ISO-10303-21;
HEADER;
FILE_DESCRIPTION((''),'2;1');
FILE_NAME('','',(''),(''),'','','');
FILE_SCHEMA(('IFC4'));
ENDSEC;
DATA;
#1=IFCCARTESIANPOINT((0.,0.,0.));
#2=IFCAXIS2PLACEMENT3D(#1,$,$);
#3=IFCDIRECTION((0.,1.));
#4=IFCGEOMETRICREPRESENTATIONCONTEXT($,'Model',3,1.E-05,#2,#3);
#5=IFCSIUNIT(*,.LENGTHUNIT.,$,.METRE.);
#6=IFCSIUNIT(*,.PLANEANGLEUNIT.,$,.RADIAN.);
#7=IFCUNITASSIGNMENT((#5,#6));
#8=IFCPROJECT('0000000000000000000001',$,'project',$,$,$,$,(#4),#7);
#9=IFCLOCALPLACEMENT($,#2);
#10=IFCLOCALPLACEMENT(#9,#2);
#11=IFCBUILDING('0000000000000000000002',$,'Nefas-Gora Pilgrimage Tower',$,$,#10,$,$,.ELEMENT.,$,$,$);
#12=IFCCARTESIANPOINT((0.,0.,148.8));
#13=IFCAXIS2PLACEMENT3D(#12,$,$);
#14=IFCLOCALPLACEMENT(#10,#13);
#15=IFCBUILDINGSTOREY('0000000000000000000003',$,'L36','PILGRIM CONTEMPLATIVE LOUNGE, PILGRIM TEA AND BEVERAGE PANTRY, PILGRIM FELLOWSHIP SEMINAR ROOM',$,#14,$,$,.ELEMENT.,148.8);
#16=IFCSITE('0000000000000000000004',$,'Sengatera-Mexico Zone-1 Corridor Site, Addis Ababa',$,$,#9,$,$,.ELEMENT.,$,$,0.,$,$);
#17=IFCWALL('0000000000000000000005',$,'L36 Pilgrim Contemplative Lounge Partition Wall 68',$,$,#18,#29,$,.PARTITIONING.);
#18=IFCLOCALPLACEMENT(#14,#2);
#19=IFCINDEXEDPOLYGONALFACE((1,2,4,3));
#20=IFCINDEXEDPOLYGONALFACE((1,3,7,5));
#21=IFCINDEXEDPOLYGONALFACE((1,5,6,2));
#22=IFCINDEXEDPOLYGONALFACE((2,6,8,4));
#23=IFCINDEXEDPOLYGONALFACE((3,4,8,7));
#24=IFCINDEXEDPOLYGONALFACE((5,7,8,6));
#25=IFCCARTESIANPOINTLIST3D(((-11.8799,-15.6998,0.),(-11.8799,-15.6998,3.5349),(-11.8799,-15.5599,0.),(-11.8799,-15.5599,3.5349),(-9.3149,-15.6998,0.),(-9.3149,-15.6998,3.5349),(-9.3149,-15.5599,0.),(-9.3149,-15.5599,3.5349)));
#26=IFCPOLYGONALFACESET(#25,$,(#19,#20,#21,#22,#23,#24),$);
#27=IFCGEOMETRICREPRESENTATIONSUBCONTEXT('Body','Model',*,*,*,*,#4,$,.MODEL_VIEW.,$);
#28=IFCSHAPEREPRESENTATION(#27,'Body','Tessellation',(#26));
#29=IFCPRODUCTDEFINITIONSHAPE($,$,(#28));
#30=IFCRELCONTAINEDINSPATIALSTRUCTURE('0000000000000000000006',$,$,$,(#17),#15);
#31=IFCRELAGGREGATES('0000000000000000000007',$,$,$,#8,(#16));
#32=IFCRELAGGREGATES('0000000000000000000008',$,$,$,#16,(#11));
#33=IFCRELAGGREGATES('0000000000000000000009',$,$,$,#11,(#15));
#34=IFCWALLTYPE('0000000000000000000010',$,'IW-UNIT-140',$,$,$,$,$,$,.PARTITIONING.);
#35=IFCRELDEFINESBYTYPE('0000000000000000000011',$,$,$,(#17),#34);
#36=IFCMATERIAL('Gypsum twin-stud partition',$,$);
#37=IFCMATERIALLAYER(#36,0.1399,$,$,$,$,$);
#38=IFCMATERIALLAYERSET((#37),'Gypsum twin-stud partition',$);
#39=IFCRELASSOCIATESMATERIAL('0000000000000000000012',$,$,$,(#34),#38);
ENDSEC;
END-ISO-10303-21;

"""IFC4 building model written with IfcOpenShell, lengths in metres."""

from ifc_helpers import new_model, si_unit, direction, frame, frame_2d, origin, place, context, subcontext, project, spatial, rectangle, extrude, source, transform, mapped, material, layer, layer_set, type_object, element, save


model = new_model("IFC4")

# Units and contexts
model_context = context("Model", 3, precision=1e-05, world=origin(), true_north=direction((0.0, 1.0)))
body_context = subcontext(model_context, "Body", "Model", "MODEL_VIEW")
ifc_project = project(units=[si_unit("LENGTHUNIT", "METRE"), si_unit("PLANEANGLEUNIT", "RADIAN")], contexts=[model_context])

# Site, building, storey
site_placement = place(None, origin())
site = spatial("IfcSite", under=ifc_project, at=site_placement, Name="Sengatera-Mexico Zone-1 Corridor Site, Addis Ababa", CompositionType="ELEMENT", RefElevation=0.0)
building_placement = place(site_placement, origin())
building = spatial("IfcBuilding", under=site, at=building_placement, Name="Nefas-Gora Pilgrimage Tower", CompositionType="ELEMENT")
storey_placement = place(building_placement, frame((0.0, 0.0, 148.8)))
storey = spatial("IfcBuildingStorey", under=building, at=storey_placement, Name="L36", Description="PILGRIM CONTEMPLATIVE LOUNGE, PILGRIM TEA AND BEVERAGE PANTRY, PILGRIM FELLOWSHIP SEMINAR ROOM", CompositionType="ELEMENT", Elevation=148.8)

# Wall
ifc_material_1 = material(Name="Gypsum twin-stud partition")
ifc_layer_1 = layer(ifc_material_1, 0.1399)
ifc_layer_set_1 = layer_set([ifc_layer_1], Name="Gypsum twin-stud partition")
wall_type_1 = type_object("IfcWallType", Name="IW-UNIT-140", PredefinedType="PARTITIONING", material=ifc_layer_set_1)
shared_shape_1 = source(origin(), body_context, "Body", "SweptSolid", [
    extrude(rectangle(XDim=2.5649, YDim=0.1399, at=frame_2d((1.2825, 0.0))), origin(), (0.0, 0.0, 1.0), 3.5349),
])
wall_1_placement = place(storey_placement, frame((-11.8799, -15.6299, 0.0), z_axis=(0.0, 0.0, 1.0), x_axis=(1.0, 0.0, 0.0)))
element("IfcWall", 1, at=wall_1_placement, inside=storey, type_object=wall_type_1, Name="L36 Pilgrim Contemplative Lounge Partition Wall 68", PredefinedType="PARTITIONING", context=body_context, shape_type="MappedRepresentation", body=[
    mapped(shared_shape_1, transform((0.0, 0.0, 0.0), x_axis=(1.0, 0.0, 0.0), y_axis=(0.0, 1.0, 0.0), z_axis=(0.0, 0.0, 1.0), scale=1.0)),
])

save(model, "model.ifc")
